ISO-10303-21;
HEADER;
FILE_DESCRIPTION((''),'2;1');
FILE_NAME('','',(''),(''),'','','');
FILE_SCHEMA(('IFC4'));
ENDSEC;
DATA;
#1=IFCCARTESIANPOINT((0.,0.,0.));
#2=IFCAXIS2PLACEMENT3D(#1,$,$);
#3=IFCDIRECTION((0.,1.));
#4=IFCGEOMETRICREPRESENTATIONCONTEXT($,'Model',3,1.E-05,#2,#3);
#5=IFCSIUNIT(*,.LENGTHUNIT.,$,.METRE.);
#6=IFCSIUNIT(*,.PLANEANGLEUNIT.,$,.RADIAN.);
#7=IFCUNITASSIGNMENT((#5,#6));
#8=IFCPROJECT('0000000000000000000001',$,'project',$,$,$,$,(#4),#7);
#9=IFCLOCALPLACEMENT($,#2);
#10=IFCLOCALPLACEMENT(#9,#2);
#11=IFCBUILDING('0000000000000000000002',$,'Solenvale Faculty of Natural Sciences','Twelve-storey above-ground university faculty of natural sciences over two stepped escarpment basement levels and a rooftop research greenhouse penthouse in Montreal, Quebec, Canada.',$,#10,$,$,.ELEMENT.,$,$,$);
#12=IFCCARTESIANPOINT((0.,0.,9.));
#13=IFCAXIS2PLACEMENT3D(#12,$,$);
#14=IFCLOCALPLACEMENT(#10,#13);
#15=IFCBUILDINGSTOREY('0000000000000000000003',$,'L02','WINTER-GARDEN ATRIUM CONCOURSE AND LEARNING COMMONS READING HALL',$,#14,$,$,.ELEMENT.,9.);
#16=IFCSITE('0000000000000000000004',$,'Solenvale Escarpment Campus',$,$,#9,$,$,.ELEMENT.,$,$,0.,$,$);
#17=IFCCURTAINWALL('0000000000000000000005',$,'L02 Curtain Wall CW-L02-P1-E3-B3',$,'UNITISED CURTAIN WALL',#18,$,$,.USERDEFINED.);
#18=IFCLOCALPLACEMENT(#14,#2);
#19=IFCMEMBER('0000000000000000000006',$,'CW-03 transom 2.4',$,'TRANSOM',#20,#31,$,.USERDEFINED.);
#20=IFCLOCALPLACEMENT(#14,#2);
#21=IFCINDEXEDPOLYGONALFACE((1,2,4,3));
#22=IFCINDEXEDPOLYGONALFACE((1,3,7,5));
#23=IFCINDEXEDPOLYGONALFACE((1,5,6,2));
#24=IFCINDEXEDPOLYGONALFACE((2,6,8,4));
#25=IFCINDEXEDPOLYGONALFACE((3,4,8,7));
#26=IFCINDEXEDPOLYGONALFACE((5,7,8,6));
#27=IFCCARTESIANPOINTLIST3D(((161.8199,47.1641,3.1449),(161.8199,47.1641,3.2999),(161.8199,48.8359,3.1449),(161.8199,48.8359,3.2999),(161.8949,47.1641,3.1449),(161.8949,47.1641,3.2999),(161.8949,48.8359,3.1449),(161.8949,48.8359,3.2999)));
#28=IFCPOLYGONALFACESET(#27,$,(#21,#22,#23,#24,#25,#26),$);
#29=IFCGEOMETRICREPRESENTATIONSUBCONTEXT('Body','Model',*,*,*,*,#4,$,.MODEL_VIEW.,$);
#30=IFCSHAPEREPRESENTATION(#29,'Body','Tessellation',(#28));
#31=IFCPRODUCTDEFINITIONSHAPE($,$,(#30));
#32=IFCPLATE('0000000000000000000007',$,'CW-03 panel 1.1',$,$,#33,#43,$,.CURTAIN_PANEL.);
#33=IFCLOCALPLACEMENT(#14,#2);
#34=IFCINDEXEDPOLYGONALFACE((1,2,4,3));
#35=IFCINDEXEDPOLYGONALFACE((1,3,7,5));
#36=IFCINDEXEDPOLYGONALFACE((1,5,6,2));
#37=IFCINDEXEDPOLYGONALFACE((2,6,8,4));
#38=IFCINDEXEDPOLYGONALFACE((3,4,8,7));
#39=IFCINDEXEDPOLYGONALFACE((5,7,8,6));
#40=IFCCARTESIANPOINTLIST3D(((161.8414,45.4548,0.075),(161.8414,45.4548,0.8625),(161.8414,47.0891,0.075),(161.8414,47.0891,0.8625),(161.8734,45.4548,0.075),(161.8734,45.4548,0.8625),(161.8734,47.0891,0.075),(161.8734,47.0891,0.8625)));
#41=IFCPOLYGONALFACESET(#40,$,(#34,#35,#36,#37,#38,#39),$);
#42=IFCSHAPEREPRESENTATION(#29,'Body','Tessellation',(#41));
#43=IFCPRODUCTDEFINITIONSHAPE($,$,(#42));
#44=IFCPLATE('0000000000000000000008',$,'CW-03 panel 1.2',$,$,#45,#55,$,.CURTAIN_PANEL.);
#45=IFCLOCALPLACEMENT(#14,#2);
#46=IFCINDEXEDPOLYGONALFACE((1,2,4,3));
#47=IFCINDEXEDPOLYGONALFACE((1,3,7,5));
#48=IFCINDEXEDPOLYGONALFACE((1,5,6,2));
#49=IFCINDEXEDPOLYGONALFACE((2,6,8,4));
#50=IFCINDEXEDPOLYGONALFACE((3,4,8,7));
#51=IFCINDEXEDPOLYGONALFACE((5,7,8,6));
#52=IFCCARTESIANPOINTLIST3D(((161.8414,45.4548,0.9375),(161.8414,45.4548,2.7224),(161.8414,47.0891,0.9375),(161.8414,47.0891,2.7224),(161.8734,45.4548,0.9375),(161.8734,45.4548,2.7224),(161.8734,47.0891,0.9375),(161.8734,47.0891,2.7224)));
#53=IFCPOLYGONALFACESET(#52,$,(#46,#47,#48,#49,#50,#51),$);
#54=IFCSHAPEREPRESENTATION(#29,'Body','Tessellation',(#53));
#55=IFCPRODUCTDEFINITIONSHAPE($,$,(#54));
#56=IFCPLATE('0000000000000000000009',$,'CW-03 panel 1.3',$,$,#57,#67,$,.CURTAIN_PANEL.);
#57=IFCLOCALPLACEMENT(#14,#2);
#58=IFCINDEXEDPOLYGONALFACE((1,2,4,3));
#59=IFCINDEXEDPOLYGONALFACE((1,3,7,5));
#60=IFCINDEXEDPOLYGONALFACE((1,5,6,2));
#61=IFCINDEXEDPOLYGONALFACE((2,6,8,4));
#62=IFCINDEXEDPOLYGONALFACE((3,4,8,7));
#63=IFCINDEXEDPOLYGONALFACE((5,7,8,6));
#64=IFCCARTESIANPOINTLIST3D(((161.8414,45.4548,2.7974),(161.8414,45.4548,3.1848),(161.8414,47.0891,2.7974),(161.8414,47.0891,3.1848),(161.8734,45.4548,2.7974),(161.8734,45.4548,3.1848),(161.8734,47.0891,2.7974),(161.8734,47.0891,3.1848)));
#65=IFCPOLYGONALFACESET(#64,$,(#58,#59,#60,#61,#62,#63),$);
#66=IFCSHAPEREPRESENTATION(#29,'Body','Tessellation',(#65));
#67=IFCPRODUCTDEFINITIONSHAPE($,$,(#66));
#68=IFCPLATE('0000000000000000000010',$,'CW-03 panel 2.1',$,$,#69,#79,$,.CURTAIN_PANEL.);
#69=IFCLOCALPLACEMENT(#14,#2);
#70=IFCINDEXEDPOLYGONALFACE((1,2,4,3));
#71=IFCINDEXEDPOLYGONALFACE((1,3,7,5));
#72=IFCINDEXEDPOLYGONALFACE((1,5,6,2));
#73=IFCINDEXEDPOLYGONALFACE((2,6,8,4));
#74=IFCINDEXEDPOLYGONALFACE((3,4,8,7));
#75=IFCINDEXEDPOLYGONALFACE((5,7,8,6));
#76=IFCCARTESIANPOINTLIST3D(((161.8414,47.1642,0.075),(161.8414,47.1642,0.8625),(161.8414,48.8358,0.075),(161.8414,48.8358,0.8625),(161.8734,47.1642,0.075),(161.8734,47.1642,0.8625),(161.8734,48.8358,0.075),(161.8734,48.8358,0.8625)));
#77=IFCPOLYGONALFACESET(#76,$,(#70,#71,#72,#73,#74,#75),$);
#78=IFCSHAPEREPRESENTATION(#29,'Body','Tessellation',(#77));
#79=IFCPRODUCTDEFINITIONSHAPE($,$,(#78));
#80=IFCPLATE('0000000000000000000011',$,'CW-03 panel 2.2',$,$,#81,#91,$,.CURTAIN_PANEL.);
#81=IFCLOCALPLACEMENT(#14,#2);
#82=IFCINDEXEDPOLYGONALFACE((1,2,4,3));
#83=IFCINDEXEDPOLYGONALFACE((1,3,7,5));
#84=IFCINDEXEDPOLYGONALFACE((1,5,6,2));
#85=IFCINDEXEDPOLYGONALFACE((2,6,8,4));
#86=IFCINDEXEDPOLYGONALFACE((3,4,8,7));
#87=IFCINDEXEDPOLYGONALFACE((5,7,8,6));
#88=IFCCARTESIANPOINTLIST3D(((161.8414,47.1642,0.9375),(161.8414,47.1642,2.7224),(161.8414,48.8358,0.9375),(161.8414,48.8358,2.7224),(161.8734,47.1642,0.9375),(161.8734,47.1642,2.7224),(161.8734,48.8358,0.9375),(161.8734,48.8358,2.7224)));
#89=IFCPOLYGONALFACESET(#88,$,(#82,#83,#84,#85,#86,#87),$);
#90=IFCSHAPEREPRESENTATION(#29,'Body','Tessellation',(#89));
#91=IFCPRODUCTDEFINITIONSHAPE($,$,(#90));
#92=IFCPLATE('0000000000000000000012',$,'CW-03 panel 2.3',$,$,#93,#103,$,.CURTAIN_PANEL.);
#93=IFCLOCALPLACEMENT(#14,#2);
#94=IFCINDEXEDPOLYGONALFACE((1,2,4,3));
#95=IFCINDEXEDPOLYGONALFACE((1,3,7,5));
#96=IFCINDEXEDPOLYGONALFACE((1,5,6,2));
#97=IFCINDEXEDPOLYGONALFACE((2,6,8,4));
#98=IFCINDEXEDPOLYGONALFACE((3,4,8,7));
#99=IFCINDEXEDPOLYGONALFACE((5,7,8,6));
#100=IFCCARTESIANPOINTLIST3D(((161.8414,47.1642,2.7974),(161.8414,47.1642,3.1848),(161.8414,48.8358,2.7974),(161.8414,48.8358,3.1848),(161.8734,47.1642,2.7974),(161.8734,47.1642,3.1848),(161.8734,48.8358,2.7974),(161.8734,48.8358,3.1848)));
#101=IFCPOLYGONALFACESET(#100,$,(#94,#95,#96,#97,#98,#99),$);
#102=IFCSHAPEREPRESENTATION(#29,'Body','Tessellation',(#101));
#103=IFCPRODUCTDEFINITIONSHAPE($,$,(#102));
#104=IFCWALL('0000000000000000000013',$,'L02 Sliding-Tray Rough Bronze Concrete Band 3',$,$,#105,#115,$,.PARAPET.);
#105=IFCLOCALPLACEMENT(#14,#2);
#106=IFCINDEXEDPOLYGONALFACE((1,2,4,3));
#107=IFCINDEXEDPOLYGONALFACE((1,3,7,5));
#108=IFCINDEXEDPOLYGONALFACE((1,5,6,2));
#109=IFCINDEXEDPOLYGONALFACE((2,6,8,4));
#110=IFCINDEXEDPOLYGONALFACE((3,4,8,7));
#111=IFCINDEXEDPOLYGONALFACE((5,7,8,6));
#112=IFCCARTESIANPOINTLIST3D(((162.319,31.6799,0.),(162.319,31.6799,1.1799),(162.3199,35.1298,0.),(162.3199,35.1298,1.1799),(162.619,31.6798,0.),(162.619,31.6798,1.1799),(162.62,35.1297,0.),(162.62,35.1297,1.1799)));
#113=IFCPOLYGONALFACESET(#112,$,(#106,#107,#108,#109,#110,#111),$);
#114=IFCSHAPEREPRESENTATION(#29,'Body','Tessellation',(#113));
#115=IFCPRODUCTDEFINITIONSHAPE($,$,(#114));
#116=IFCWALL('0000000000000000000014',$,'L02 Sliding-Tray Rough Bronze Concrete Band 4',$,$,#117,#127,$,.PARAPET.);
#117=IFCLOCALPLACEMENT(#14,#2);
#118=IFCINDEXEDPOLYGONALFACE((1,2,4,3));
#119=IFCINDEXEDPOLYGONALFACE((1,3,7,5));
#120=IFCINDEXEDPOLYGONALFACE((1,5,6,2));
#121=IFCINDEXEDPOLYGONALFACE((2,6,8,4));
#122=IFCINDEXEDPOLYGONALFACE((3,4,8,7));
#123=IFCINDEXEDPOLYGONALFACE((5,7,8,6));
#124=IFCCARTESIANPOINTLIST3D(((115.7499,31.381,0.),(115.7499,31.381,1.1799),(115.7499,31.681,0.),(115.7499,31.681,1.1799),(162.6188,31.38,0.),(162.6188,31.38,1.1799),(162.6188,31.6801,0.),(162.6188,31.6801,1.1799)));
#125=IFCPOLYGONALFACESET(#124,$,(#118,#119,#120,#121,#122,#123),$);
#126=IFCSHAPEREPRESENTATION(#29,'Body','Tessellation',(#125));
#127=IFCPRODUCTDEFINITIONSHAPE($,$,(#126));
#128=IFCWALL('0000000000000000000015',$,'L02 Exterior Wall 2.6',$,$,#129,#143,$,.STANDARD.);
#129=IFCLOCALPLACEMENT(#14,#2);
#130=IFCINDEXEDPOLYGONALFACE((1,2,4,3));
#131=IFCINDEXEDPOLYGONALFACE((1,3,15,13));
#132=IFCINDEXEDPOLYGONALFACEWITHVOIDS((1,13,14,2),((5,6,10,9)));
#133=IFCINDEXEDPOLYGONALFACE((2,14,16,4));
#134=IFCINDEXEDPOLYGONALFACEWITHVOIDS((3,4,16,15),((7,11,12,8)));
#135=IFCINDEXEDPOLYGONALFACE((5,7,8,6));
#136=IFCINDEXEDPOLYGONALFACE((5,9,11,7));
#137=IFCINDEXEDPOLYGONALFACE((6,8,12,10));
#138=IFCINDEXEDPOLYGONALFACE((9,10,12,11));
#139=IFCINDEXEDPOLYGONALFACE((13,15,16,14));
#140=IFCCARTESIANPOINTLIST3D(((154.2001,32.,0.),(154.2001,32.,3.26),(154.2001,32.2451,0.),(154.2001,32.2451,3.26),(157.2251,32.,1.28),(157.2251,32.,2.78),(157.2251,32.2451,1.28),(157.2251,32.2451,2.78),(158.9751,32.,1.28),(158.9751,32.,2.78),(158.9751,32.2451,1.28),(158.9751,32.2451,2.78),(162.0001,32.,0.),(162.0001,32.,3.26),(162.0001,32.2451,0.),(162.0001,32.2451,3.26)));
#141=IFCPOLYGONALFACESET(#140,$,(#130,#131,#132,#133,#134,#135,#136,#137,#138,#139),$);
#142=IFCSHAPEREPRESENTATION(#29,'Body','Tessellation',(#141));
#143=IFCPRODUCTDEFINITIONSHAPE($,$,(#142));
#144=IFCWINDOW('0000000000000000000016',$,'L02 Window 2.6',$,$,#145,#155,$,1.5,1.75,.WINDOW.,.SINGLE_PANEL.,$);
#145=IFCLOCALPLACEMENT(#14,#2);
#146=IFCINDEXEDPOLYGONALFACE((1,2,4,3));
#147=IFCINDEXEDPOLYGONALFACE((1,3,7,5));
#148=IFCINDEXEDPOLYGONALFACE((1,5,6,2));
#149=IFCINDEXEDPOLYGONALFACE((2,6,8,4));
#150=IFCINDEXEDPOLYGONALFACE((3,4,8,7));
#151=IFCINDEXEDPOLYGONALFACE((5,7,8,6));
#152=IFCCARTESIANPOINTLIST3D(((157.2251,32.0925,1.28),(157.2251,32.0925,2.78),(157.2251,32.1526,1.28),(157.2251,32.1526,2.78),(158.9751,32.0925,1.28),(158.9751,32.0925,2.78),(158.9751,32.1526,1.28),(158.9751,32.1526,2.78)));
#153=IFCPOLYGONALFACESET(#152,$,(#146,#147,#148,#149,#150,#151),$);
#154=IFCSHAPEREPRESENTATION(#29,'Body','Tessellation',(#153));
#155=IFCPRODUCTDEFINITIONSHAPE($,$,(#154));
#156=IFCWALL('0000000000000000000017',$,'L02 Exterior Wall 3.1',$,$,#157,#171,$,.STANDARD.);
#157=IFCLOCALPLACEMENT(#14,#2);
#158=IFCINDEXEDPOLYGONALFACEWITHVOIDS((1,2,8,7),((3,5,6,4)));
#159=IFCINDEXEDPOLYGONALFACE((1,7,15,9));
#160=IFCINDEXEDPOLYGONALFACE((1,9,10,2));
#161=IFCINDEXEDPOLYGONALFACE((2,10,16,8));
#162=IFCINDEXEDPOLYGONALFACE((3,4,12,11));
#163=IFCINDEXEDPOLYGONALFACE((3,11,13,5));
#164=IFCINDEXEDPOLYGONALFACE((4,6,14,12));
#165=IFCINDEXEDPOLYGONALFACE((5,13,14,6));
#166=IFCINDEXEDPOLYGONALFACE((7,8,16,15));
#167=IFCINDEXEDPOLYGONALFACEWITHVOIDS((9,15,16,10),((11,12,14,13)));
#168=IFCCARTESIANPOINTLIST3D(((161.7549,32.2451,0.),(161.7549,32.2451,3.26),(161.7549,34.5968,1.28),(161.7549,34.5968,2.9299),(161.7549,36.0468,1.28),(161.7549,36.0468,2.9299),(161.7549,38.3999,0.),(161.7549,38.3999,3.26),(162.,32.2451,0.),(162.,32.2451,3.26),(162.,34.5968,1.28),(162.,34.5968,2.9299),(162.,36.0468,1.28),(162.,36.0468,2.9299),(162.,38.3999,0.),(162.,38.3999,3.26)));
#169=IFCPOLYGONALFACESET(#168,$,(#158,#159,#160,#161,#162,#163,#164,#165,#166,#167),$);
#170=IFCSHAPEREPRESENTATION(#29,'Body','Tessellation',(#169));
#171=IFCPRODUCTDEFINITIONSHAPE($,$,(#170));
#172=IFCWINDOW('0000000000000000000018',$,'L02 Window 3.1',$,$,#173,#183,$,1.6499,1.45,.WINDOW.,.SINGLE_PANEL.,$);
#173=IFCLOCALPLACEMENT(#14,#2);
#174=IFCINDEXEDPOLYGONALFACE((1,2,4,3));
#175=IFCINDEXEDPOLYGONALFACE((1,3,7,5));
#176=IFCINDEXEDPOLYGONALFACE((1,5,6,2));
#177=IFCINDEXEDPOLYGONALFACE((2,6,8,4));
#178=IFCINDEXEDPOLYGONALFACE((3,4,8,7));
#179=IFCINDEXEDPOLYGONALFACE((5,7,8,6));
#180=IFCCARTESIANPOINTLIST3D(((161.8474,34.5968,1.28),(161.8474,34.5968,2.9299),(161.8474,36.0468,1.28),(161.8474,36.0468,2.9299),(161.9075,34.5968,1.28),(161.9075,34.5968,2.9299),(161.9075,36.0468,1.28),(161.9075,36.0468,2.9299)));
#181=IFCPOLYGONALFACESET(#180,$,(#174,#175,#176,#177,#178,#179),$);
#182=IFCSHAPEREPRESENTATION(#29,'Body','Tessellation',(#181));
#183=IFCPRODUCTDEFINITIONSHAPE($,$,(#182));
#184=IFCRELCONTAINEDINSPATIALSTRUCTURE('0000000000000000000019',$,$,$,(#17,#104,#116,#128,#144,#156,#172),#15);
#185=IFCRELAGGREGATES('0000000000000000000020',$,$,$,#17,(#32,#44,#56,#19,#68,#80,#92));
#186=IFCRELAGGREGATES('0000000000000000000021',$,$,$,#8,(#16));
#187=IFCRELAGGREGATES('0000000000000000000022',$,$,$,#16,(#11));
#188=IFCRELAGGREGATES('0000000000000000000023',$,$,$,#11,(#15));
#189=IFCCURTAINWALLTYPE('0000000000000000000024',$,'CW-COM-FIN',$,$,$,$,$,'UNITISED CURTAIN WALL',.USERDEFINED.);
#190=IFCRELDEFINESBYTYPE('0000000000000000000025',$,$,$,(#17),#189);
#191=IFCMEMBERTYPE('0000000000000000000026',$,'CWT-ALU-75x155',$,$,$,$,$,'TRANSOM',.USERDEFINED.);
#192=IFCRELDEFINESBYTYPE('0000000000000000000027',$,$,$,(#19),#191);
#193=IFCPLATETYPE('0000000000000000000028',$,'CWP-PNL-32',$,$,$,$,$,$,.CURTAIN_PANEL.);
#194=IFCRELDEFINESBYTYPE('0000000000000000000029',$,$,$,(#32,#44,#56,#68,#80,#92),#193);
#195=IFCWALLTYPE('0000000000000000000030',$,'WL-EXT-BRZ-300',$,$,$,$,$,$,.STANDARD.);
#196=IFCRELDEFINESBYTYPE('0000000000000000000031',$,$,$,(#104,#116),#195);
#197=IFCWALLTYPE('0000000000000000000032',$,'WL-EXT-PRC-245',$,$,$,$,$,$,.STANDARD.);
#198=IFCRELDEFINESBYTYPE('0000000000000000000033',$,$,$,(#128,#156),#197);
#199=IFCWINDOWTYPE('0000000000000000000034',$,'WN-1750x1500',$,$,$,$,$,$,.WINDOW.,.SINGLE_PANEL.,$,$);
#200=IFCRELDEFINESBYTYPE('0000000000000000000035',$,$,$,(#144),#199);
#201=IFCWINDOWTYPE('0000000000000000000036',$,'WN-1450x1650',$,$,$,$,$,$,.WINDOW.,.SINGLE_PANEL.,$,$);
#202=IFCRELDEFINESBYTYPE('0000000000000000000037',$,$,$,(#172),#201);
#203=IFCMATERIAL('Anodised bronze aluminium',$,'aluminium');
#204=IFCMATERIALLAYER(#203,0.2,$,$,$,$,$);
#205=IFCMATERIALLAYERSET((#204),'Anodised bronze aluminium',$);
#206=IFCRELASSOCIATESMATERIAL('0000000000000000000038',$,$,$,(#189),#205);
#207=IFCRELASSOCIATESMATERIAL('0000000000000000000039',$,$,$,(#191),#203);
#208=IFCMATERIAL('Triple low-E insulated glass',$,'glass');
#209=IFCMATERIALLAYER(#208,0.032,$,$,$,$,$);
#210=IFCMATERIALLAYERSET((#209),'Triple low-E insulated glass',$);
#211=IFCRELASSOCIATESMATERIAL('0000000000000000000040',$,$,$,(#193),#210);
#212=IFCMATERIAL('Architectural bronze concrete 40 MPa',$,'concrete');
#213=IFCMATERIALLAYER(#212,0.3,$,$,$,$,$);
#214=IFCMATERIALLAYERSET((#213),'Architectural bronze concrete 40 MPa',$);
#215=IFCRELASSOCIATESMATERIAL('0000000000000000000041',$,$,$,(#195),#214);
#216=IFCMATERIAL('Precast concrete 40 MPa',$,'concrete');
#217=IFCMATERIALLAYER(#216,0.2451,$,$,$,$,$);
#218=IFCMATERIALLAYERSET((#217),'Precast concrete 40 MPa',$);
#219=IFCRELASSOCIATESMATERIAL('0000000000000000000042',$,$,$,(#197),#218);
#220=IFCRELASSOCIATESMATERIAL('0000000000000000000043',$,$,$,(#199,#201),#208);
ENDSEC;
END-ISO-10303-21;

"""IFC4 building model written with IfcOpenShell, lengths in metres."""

from ifc_helpers import new_model, si_unit, direction, frame, frame_2d, origin, origin_2d, place, context, subcontext, project, spatial, rectangle, extrude, material, layer, layer_set, material_profile, profile_set, type_object, element, fill, aggregate, save


model = new_model("IFC4")

# Units and contexts
model_context = context("Model", 3, precision=1e-05, world=origin(), true_north=direction((0.0, 1.0)))
body_context = subcontext(model_context, "Body", "Model", "MODEL_VIEW")
ifc_project = project(units=[si_unit("LENGTHUNIT", "METRE"), si_unit("PLANEANGLEUNIT", "RADIAN")], contexts=[model_context])

# Site, building, storey
site_placement = place(None, origin())
site = spatial("IfcSite", under=ifc_project, at=site_placement, Name="Solenvale Escarpment Campus", CompositionType="ELEMENT", RefElevation=0.0)
building_placement = place(site_placement, origin())
building = spatial("IfcBuilding", under=site, at=building_placement, Name="Solenvale Faculty of Natural Sciences", Description="Twelve-storey above-ground university faculty of natural sciences over two stepped escarpment basement levels and a rooftop research greenhouse penthouse in Montreal, Quebec, Canada.", CompositionType="ELEMENT")
storey_placement = place(building_placement, frame((0.0, 0.0, 9.0)))
storey = spatial("IfcBuildingStorey", under=building, at=storey_placement, Name="L02", Description="WINTER-GARDEN ATRIUM CONCOURSE AND LEARNING COMMONS READING HALL", CompositionType="ELEMENT", Elevation=9.0)

# Curtain wall, member, plates
ifc_material_1 = material(Name="Anodised bronze aluminium", Category="aluminium")
ifc_layer_1 = layer(ifc_material_1, 0.2)
ifc_layer_set_1 = layer_set([ifc_layer_1], Name="Anodised bronze aluminium")
curtain_wall_type = type_object("IfcCurtainWallType", Name="CW-COM-FIN", ElementType="UNITISED CURTAIN WALL", PredefinedType="USERDEFINED", material=ifc_layer_set_1)
curtain_wall_placement = place(storey_placement, origin())
curtain_wall = element("IfcCurtainWall", 1, at=curtain_wall_placement, inside=storey, type_object=curtain_wall_type, Name="L02 Curtain Wall CW-L02-P1-E3-B3", ObjectType="UNITISED CURTAIN WALL", PredefinedType="USERDEFINED")
ifc_material_profile_1 = material_profile(ifc_material_1, rectangle(XDim=0.075, YDim=0.155, at=origin_2d()), Name="ALU-TRN-75x155")
ifc_profile_set_1 = profile_set([ifc_material_profile_1], Name="Anodised bronze aluminium")
member_type_1 = type_object("IfcMemberType", Name="CWT-ALU-75x155", ElementType="TRANSOM", PredefinedType="USERDEFINED", material=ifc_profile_set_1)
member_1_placement = place(storey_placement, frame((161.8574, 47.1641, 3.2224), z_axis=(0.0, 1.0, 0.0), x_axis=(-1.0, 0.0, 0.0)))
member_1 = element("IfcMember", 2, at=member_1_placement, type_object=member_type_1, Name="CW-03 transom 2.4", ObjectType="TRANSOM", PredefinedType="USERDEFINED", context=body_context, shape_type="SweptSolid", body=[
    extrude(rectangle(XDim=0.075, YDim=0.155, at=origin_2d()), origin(), (0.0, 0.0, 1.0), 1.6719),
])
ifc_material_2 = material(Name="Triple low-E insulated glass", Category="glass")
ifc_layer_2 = layer(ifc_material_2, 0.032)
ifc_layer_set_2 = layer_set([ifc_layer_2], Name="Triple low-E insulated glass")
plate_type = type_object("IfcPlateType", Name="CWP-PNL-32", PredefinedType="CURTAIN_PANEL", material=ifc_layer_set_2)
plate_1_placement = place(storey_placement, frame((161.8574, 46.272, 0.075), z_axis=(0.0, 0.0, 1.0), x_axis=(0.0, 1.0, 0.0)))
plate_1 = element("IfcPlate", 3, at=plate_1_placement, type_object=plate_type, Name="CW-03 panel 1.1", PredefinedType="CURTAIN_PANEL", context=body_context, shape_type="SweptSolid", body=[
    extrude(rectangle(XDim=1.6343, YDim=0.032, at=origin_2d()), origin(), (0.0, 0.0, 1.0), 0.7876),
])
plate_2_placement = place(storey_placement, frame((161.8574, 46.272, 0.9375), z_axis=(0.0, 0.0, 1.0), x_axis=(0.0, 1.0, 0.0)))
plate_2 = element("IfcPlate", 4, at=plate_2_placement, type_object=plate_type, Name="CW-03 panel 1.2", PredefinedType="CURTAIN_PANEL", context=body_context, shape_type="SweptSolid", body=[
    extrude(rectangle(XDim=1.6343, YDim=0.032, at=origin_2d()), origin(), (0.0, 0.0, 1.0), 1.7849),
])
plate_3_placement = place(storey_placement, frame((161.8574, 46.272, 2.7974), z_axis=(0.0, 0.0, 1.0), x_axis=(0.0, 1.0, 0.0)))
plate_3 = element("IfcPlate", 5, at=plate_3_placement, type_object=plate_type, Name="CW-03 panel 1.3", PredefinedType="CURTAIN_PANEL", context=body_context, shape_type="SweptSolid", body=[
    extrude(rectangle(XDim=1.6343, YDim=0.032, at=origin_2d()), origin(), (0.0, 0.0, 1.0), 0.3875),
])
plate_4_placement = place(storey_placement, frame((161.8574, 48.0, 0.075), z_axis=(0.0, 0.0, 1.0), x_axis=(0.0, 1.0, 0.0)))
plate_4 = element("IfcPlate", 6, at=plate_4_placement, type_object=plate_type, Name="CW-03 panel 2.1", PredefinedType="CURTAIN_PANEL", context=body_context, shape_type="SweptSolid", body=[
    extrude(rectangle(XDim=1.6716, YDim=0.032, at=origin_2d()), origin(), (0.0, 0.0, 1.0), 0.7876),
])
plate_5_placement = place(storey_placement, frame((161.8574, 48.0, 0.9375), z_axis=(0.0, 0.0, 1.0), x_axis=(0.0, 1.0, 0.0)))
plate_5 = element("IfcPlate", 7, at=plate_5_placement, type_object=plate_type, Name="CW-03 panel 2.2", PredefinedType="CURTAIN_PANEL", context=body_context, shape_type="SweptSolid", body=[
    extrude(rectangle(XDim=1.6716, YDim=0.032, at=origin_2d()), origin(), (0.0, 0.0, 1.0), 1.7849),
])
plate_6_placement = place(storey_placement, frame((161.8574, 48.0, 2.7974), z_axis=(0.0, 0.0, 1.0), x_axis=(0.0, 1.0, 0.0)))
plate_6 = element("IfcPlate", 8, at=plate_6_placement, type_object=plate_type, Name="CW-03 panel 2.3", PredefinedType="CURTAIN_PANEL", context=body_context, shape_type="SweptSolid", body=[
    extrude(rectangle(XDim=1.6716, YDim=0.032, at=origin_2d()), origin(), (0.0, 0.0, 1.0), 0.3875),
])
aggregate(curtain_wall, [plate_1, plate_2, plate_3, member_1, plate_4, plate_5, plate_6])

# Walls
ifc_material_3 = material(Name="Architectural bronze concrete 40 MPa", Category="concrete")
ifc_layer_3 = layer(ifc_material_3, 0.3)
ifc_layer_set_3 = layer_set([ifc_layer_3], Name="Architectural bronze concrete 40 MPa")
wall_type_1 = type_object("IfcWallType", Name="WL-EXT-BRZ-300", PredefinedType="STANDARD", material=ifc_layer_set_3)
wall_1_placement = place(storey_placement, frame((162.47, 35.1299, 0.0), z_axis=(0.0, 0.0, 1.0), x_axis=(-0.000283, -1.0, 0.0)))
element("IfcWall", 9, at=wall_1_placement, inside=storey, type_object=wall_type_1, Name="L02 Sliding-Tray Rough Bronze Concrete Band 3", PredefinedType="PARAPET", context=body_context, shape_type="SweptSolid", body=[
    extrude(rectangle(XDim=3.45, YDim=0.3, at=frame_2d((1.7251, 0.0))), origin(), (0.0, 0.0, 1.0), 1.1799),
])
wall_2_placement = place(storey_placement, frame((162.6189, 31.53, 0.0), z_axis=(0.0, 0.0, 1.0), x_axis=(-1.0, 0.000021, 0.0)))
element("IfcWall", 10, at=wall_2_placement, inside=storey, type_object=wall_type_1, Name="L02 Sliding-Tray Rough Bronze Concrete Band 4", PredefinedType="PARAPET", context=body_context, shape_type="SweptSolid", body=[
    extrude(rectangle(XDim=46.8689, YDim=0.3, at=frame_2d((23.4346, 0.0))), origin(), (0.0, 0.0, 1.0), 1.1799),
])

# Walls, openings, windows
ifc_material_4 = material(Name="Precast concrete 40 MPa", Category="concrete")
ifc_layer_4 = layer(ifc_material_4, 0.2451)
ifc_layer_set_4 = layer_set([ifc_layer_4], Name="Precast concrete 40 MPa")
wall_type_2 = type_object("IfcWallType", Name="WL-EXT-PRC-245", PredefinedType="STANDARD", material=ifc_layer_set_4)
wall_3_placement = place(storey_placement, frame((162.0, 32.1226, 0.0), z_axis=(0.0, 0.0, 1.0), x_axis=(-1.0, 0.0, 0.0)))
wall_3 = element("IfcWall", 11, at=wall_3_placement, inside=storey, type_object=wall_type_2, Name="L02 Exterior Wall 2.6", PredefinedType="STANDARD", context=body_context, shape_type="SweptSolid", body=[
    extrude(rectangle(XDim=7.8, YDim=0.2451, at=frame_2d((3.8999, 0.0))), origin(), (0.0, 0.0, 1.0), 3.26),
])
opening_1_placement = place(wall_3_placement, frame((3.0249, 0.0, 1.28)))
opening_1 = element("IfcOpeningElement", 12, at=opening_1_placement, cuts=wall_3, PredefinedType="OPENING", context=body_context, shape_type="SweptSolid", body=[
    extrude(rectangle(XDim=1.75, YDim=1.5, at=frame_2d((0.875, 0.75))), frame((0.0, 0.1326, 0.0), z_axis=(0.0, -1.0, 0.0), x_axis=(1.0, 0.0, 0.0)), (0.0, 0.0, 1.0), 0.2651),
])
window_type_1 = type_object("IfcWindowType", Name="WN-1750x1500", PartitioningType="SINGLE_PANEL", PredefinedType="WINDOW", material=ifc_material_2)
window_1_placement = place(opening_1_placement, origin())
window_1 = element("IfcWindow", 13, at=window_1_placement, inside=storey, type_object=window_type_1, Name="L02 Window 2.6", OverallHeight=1.5, OverallWidth=1.75, PartitioningType="SINGLE_PANEL", PredefinedType="WINDOW", context=body_context, shape_type="SweptSolid", body=[
    extrude(rectangle(XDim=1.75, YDim=1.5, at=frame_2d((0.875, 0.75))), frame((0.0, 0.03, 0.0), z_axis=(0.0, -1.0, 0.0), x_axis=(1.0, 0.0, 0.0)), (0.0, 0.0, 1.0), 0.0601),
])
fill(opening_1, window_1)
wall_4_placement = place(storey_placement, frame((161.8774, 38.3999, 0.0), z_axis=(0.0, 0.0, 1.0), x_axis=(0.0, -1.0, 0.0)))
wall_4 = element("IfcWall", 14, at=wall_4_placement, inside=storey, type_object=wall_type_2, Name="L02 Exterior Wall 3.1", PredefinedType="STANDARD", context=body_context, shape_type="SweptSolid", body=[
    extrude(rectangle(XDim=6.1548, YDim=0.2451, at=frame_2d((3.0774, 0.0))), origin(), (0.0, 0.0, 1.0), 3.26),
])
opening_2_placement = place(wall_4_placement, frame((2.353, 0.0, 1.28)))
opening_2 = element("IfcOpeningElement", 15, at=opening_2_placement, cuts=wall_4, PredefinedType="OPENING", context=body_context, shape_type="SweptSolid", body=[
    extrude(rectangle(XDim=1.45, YDim=1.6499, at=frame_2d((0.7251, 0.825))), frame((0.0, 0.1326, 0.0), z_axis=(0.0, -1.0, 0.0), x_axis=(1.0, 0.0, 0.0)), (0.0, 0.0, 1.0), 0.2651),
])
window_type_2 = type_object("IfcWindowType", Name="WN-1450x1650", PartitioningType="SINGLE_PANEL", PredefinedType="WINDOW", material=ifc_material_2)
window_2_placement = place(opening_2_placement, origin())
window_2 = element("IfcWindow", 16, at=window_2_placement, inside=storey, type_object=window_type_2, Name="L02 Window 3.1", OverallHeight=1.6499, OverallWidth=1.45, PartitioningType="SINGLE_PANEL", PredefinedType="WINDOW", context=body_context, shape_type="SweptSolid", body=[
    extrude(rectangle(XDim=1.45, YDim=1.6499, at=frame_2d((0.7251, 0.825))), frame((0.0, 0.03, 0.0), z_axis=(0.0, -1.0, 0.0), x_axis=(1.0, 0.0, 0.0)), (0.0, 0.0, 1.0), 0.0601),
])
fill(opening_2, window_2)

save(model, "model.ifc")
